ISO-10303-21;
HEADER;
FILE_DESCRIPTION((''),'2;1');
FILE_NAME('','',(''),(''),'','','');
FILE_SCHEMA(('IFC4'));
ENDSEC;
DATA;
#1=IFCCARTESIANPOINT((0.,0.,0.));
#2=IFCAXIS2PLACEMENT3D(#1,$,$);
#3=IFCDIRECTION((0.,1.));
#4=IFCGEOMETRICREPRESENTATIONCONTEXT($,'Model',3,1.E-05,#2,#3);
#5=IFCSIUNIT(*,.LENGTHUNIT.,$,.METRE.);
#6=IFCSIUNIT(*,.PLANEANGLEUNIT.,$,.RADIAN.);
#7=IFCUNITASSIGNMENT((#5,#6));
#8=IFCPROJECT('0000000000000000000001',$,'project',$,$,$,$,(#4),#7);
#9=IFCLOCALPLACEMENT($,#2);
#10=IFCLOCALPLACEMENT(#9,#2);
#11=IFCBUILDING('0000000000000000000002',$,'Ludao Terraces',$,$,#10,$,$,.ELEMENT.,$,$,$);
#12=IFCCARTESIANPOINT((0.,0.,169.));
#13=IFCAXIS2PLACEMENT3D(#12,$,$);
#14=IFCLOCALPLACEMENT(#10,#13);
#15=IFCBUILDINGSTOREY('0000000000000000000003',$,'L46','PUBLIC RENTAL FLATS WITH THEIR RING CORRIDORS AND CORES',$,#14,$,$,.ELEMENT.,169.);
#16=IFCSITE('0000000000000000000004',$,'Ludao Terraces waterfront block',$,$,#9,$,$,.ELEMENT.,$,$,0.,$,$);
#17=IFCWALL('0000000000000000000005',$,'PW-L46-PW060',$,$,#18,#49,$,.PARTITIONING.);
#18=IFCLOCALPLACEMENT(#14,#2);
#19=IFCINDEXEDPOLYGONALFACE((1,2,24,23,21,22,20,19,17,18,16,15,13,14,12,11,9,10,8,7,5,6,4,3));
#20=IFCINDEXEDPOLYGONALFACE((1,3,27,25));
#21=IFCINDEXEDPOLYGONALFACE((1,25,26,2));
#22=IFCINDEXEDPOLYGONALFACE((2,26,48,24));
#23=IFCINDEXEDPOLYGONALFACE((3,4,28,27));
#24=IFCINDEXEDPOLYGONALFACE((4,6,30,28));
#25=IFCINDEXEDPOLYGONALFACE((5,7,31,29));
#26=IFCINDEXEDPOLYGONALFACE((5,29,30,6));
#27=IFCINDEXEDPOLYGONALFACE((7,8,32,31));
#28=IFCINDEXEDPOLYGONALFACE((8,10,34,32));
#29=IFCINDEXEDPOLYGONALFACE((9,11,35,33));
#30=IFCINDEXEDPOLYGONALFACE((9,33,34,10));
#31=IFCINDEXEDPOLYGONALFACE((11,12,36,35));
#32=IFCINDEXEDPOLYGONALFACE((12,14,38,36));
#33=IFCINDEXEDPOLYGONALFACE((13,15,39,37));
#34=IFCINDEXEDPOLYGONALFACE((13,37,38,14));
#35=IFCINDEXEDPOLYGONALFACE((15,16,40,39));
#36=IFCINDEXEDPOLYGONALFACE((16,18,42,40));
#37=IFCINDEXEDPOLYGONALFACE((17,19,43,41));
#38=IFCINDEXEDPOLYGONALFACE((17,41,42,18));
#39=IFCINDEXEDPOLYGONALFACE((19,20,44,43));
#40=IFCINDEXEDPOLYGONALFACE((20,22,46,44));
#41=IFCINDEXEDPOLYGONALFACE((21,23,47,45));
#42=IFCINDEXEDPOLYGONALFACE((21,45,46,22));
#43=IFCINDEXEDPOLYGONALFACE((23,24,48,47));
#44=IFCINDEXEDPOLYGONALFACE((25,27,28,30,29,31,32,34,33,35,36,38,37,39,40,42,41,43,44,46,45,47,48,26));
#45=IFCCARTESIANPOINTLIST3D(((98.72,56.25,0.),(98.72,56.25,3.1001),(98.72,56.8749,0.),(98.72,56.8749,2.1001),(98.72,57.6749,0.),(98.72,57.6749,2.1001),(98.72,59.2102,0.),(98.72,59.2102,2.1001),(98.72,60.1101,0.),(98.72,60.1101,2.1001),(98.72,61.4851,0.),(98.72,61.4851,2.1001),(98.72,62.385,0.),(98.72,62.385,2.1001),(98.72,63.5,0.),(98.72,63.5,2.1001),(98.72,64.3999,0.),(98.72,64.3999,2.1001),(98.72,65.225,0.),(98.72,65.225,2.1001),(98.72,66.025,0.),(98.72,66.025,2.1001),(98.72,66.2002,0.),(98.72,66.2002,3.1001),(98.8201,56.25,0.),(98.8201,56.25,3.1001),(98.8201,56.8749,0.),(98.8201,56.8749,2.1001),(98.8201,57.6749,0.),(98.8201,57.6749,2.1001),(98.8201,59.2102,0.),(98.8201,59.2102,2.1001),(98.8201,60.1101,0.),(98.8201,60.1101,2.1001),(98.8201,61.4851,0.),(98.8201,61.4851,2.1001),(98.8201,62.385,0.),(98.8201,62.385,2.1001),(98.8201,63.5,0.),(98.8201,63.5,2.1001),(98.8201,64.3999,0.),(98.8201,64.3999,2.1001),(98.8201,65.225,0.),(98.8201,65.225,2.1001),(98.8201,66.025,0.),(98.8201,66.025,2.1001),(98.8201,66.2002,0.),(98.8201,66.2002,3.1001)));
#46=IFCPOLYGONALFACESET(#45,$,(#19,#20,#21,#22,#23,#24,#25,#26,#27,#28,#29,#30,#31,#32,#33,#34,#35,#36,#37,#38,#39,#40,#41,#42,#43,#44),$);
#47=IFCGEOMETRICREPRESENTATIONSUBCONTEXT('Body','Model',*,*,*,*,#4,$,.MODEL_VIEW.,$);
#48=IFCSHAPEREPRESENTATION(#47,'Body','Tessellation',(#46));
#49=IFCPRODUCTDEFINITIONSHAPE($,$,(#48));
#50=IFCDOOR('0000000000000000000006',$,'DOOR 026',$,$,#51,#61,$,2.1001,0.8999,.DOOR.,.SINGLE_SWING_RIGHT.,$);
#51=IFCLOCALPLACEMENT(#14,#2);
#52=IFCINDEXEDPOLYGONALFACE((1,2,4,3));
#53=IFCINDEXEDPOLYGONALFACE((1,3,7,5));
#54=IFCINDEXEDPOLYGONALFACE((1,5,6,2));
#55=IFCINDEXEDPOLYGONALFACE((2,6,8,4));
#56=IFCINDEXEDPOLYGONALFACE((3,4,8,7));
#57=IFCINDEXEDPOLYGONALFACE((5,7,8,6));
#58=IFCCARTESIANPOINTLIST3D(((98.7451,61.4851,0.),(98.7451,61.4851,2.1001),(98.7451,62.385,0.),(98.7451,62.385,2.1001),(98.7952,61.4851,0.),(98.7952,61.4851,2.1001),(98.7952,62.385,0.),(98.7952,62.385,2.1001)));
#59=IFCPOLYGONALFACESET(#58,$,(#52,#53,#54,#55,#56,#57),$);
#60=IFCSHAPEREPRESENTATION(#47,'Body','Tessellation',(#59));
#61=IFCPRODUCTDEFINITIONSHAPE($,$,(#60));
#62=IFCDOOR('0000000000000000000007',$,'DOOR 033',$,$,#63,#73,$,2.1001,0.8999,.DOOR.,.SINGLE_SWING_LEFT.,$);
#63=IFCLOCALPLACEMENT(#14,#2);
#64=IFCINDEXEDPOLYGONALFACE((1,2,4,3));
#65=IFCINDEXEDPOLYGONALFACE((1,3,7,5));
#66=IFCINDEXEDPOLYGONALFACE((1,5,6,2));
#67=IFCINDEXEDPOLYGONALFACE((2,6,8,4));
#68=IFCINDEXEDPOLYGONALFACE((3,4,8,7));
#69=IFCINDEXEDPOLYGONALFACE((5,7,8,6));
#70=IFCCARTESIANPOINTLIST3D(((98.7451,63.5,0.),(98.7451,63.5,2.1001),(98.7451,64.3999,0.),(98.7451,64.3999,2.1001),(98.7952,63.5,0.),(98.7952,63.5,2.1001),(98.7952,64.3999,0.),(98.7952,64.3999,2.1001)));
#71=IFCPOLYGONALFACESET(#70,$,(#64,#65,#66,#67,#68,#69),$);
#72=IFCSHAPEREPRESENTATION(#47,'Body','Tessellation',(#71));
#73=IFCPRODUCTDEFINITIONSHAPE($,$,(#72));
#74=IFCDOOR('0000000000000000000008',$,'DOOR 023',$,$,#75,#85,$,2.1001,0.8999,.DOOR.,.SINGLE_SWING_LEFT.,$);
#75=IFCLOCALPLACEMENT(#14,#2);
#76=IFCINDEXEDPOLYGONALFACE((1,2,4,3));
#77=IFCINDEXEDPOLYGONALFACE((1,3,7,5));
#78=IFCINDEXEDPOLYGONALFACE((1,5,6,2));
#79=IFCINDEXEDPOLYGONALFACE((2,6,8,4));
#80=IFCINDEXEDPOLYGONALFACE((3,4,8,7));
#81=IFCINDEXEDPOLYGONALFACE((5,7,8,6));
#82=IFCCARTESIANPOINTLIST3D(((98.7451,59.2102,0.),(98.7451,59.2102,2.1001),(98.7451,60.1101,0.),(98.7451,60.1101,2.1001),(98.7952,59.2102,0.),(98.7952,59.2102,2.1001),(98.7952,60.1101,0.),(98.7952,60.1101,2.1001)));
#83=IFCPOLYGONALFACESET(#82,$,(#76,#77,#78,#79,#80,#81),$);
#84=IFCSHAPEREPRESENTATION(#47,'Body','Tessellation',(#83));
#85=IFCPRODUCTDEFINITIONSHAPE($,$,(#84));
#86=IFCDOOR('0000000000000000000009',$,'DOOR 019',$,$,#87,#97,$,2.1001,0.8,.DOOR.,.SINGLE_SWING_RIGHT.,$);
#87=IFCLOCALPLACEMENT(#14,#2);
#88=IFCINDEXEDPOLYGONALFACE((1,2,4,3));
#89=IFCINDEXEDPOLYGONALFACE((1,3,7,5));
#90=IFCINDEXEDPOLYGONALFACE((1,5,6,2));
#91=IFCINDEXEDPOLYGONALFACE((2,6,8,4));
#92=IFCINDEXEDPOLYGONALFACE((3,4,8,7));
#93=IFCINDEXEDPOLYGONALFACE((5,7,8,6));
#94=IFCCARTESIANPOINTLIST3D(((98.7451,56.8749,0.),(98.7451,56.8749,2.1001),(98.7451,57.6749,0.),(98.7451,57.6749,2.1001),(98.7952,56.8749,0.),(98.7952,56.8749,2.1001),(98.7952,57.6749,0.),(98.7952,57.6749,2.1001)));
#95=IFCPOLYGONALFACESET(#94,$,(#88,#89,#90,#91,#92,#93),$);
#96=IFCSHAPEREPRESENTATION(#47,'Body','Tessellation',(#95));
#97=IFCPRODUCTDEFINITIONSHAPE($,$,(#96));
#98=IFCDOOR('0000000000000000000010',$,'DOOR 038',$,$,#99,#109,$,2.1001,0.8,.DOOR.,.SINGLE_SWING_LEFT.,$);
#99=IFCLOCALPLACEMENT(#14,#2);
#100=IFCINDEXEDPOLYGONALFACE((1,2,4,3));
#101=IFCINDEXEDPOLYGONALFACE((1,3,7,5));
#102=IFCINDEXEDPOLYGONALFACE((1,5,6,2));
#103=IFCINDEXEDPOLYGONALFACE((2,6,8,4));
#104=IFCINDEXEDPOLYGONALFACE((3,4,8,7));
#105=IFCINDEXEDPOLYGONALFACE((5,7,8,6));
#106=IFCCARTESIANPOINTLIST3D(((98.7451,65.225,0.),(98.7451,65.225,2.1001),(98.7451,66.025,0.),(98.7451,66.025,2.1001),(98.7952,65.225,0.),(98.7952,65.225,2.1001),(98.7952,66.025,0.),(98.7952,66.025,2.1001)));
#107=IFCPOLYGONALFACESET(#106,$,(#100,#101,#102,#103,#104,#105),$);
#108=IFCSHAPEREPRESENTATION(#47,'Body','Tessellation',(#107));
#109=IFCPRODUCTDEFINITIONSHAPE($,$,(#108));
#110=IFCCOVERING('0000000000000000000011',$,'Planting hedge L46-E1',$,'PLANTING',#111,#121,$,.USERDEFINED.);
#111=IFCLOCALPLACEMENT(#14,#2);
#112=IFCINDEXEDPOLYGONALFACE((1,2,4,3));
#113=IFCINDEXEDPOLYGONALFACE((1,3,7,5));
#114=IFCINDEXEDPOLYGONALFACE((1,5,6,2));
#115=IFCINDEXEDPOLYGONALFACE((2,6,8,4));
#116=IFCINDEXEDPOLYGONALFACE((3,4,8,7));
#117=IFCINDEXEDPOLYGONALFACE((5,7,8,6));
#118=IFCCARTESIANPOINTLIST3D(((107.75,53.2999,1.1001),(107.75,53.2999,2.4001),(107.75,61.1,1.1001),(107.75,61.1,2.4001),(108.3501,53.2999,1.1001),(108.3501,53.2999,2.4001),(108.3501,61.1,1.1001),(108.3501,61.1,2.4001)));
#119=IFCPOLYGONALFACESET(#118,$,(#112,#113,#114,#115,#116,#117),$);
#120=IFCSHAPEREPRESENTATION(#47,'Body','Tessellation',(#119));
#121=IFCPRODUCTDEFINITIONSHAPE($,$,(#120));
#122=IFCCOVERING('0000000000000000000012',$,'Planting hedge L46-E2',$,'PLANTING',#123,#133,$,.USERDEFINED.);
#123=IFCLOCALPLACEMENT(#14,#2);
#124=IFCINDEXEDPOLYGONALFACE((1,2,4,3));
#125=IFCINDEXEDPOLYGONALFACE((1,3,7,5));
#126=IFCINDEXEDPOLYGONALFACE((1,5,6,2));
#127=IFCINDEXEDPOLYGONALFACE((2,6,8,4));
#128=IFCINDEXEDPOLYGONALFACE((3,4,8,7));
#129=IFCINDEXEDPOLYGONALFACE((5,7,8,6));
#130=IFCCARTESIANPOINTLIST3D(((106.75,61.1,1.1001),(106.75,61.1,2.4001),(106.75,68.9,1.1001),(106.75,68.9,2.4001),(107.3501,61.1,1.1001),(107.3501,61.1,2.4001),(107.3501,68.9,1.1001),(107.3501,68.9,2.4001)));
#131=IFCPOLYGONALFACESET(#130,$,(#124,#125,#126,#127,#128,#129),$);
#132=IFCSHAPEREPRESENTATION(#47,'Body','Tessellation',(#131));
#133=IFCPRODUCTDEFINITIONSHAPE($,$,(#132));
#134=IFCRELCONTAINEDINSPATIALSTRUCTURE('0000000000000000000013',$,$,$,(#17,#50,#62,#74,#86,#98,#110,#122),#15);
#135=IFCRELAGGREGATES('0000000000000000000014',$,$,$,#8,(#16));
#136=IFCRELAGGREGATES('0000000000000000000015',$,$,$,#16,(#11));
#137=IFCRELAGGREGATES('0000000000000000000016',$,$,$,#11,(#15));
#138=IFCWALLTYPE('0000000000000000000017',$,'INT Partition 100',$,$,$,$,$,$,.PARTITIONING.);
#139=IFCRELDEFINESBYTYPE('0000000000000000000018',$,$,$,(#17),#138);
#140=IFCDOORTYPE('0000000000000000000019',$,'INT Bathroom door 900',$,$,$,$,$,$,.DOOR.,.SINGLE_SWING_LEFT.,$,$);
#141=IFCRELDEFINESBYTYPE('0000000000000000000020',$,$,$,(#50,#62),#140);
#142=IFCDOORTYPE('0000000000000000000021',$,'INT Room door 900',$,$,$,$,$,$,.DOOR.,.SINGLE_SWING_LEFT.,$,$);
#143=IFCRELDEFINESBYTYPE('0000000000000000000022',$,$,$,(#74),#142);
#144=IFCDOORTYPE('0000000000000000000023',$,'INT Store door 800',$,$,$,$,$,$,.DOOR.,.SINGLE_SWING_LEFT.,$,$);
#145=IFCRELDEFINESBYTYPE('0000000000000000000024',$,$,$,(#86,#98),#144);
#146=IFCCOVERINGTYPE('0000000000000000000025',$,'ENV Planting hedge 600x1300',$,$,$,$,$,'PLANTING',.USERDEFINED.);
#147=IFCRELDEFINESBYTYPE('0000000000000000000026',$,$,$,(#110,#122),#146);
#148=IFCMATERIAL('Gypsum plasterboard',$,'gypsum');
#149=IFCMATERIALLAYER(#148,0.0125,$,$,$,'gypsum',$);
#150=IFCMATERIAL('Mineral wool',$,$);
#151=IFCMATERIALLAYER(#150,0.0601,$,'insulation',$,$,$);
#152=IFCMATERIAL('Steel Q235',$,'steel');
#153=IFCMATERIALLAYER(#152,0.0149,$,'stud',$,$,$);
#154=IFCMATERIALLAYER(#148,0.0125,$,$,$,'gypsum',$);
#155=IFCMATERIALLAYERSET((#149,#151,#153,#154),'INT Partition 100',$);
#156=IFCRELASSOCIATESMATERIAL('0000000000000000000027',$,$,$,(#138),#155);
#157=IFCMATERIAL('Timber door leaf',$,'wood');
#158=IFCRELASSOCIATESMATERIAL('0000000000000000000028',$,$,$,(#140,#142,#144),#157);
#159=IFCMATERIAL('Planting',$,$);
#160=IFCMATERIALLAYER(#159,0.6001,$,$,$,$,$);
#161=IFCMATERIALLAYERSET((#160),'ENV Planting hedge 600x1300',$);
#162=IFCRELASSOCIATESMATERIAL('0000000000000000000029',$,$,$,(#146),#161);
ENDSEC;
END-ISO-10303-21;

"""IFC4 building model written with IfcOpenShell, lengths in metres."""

from ifc_helpers import new_model, si_unit, direction, frame, frame_2d, origin, origin_2d, place, context, subcontext, project, spatial, rectangle, extrude, material, layer, layer_set, type_object, element, fill, save


model = new_model("IFC4")

# Units and contexts
model_context = context("Model", 3, precision=1e-05, world=origin(), true_north=direction((0.0, 1.0)))
body_context = subcontext(model_context, "Body", "Model", "MODEL_VIEW")
ifc_project = project(units=[si_unit("LENGTHUNIT", "METRE"), si_unit("PLANEANGLEUNIT", "RADIAN")], contexts=[model_context])

# Site, building, storey
site_placement = place(None, origin())
site = spatial("IfcSite", under=ifc_project, at=site_placement, Name="Ludao Terraces waterfront block", CompositionType="ELEMENT", RefElevation=0.0)
building_placement = place(site_placement, origin())
building = spatial("IfcBuilding", under=site, at=building_placement, Name="Ludao Terraces", CompositionType="ELEMENT")
storey_placement = place(building_placement, frame((0.0, 0.0, 169.0)))
storey = spatial("IfcBuildingStorey", under=building, at=storey_placement, Name="L46", Description="PUBLIC RENTAL FLATS WITH THEIR RING CORRIDORS AND CORES", CompositionType="ELEMENT", Elevation=169.0)

# Shared definitions
ifc_material_1 = material(Name="Mineral wool")

# Shared definitions
ifc_material_2 = material(Name="Gypsum plasterboard", Category="gypsum")
ifc_layer_1 = layer(ifc_material_2, 0.0125, Category="gypsum")
ifc_layer_2 = layer(ifc_material_1, 0.0601, Name="insulation")
ifc_material_3 = material(Name="Steel Q235", Category="steel")
ifc_layer_3 = layer(ifc_material_3, 0.0149, Name="stud")
ifc_layer_4 = layer(ifc_material_2, 0.0125, Category="gypsum")
ifc_layer_set_1 = layer_set([ifc_layer_1, ifc_layer_2, ifc_layer_3, ifc_layer_4], Name="INT Partition 100")
wall_type_1 = type_object("IfcWallType", Name="INT Partition 100", PredefinedType="PARTITIONING", material=ifc_layer_set_1)

# Wall, openings, doors
wall_1_placement = place(storey_placement, frame((98.77, 56.25, 0.0), z_axis=(0.0, 0.0, 1.0), x_axis=(0.0, 1.0, 0.0)))
wall_1 = element("IfcWall", 1, at=wall_1_placement, inside=storey, type_object=wall_type_1, Name="PW-L46-PW060", PredefinedType="PARTITIONING", context=body_context, shape_type="SweptSolid", body=[
    extrude(rectangle(XDim=9.9502, YDim=0.1001, at=frame_2d((4.9751, 0.0))), origin(), (0.0, 0.0, 1.0), 3.1001),
])
opening_1_placement = place(wall_1_placement, frame((0.625, 0.0, 0.0)))
opening_1 = element("IfcOpeningElement", 2, at=opening_1_placement, cuts=wall_1, PredefinedType="OPENING", context=body_context, shape_type="SweptSolid", body=[
    extrude(rectangle(XDim=0.8, YDim=2.1001, at=frame_2d((0.3999, 1.05))), frame((0.0, 0.0601, 0.0), z_axis=(0.0, -1.0, 0.0), x_axis=(1.0, 0.0, 0.0)), (0.0, 0.0, 1.0), 0.1201),
])
opening_2_placement = place(wall_1_placement, frame((2.9602, 0.0, 0.0)))
opening_2 = element("IfcOpeningElement", 3, at=opening_2_placement, cuts=wall_1, PredefinedType="OPENING", context=body_context, shape_type="SweptSolid", body=[
    extrude(rectangle(XDim=0.8999, YDim=2.1001, at=frame_2d((0.45, 1.05))), frame((0.0, 0.0601, 0.0), z_axis=(0.0, -1.0, 0.0), x_axis=(1.0, 0.0, 0.0)), (0.0, 0.0, 1.0), 0.1201),
])
opening_3_placement = place(wall_1_placement, frame((5.2351, 0.0, 0.0)))
opening_3 = element("IfcOpeningElement", 4, at=opening_3_placement, cuts=wall_1, PredefinedType="OPENING", context=body_context, shape_type="SweptSolid", body=[
    extrude(rectangle(XDim=0.8999, YDim=2.1001, at=frame_2d((0.45, 1.05))), frame((0.0, 0.0601, 0.0), z_axis=(0.0, -1.0, 0.0), x_axis=(1.0, 0.0, 0.0)), (0.0, 0.0, 1.0), 0.1201),
])
opening_4_placement = place(wall_1_placement, frame((7.25, 0.0, 0.0)))
opening_4 = element("IfcOpeningElement", 5, at=opening_4_placement, cuts=wall_1, PredefinedType="OPENING", context=body_context, shape_type="SweptSolid", body=[
    extrude(rectangle(XDim=0.8999, YDim=2.1001, at=frame_2d((0.45, 1.05))), frame((0.0, 0.0601, 0.0), z_axis=(0.0, -1.0, 0.0), x_axis=(1.0, 0.0, 0.0)), (0.0, 0.0, 1.0), 0.1201),
])
opening_5_placement = place(wall_1_placement, frame((8.9751, 0.0, 0.0)))
opening_5 = element("IfcOpeningElement", 6, at=opening_5_placement, cuts=wall_1, PredefinedType="OPENING", context=body_context, shape_type="SweptSolid", body=[
    extrude(rectangle(XDim=0.8, YDim=2.1001, at=frame_2d((0.3999, 1.05))), frame((0.0, 0.0601, 0.0), z_axis=(0.0, -1.0, 0.0), x_axis=(1.0, 0.0, 0.0)), (0.0, 0.0, 1.0), 0.1201),
])
ifc_material_4 = material(Name="Timber door leaf", Category="wood")
door_type_1 = type_object("IfcDoorType", Name="INT Bathroom door 900", OperationType="SINGLE_SWING_LEFT", PredefinedType="DOOR", material=ifc_material_4)
door_1_placement = place(opening_3_placement, origin())
door_1 = element("IfcDoor", 7, at=door_1_placement, inside=storey, type_object=door_type_1, Name="DOOR 026", OperationType="SINGLE_SWING_RIGHT", OverallHeight=2.1001, OverallWidth=0.8999, PredefinedType="DOOR", context=body_context, shape_type="SweptSolid", body=[
    extrude(rectangle(XDim=0.8999, YDim=2.1001, at=frame_2d((0.45, 1.05))), frame((0.0, 0.0249, 0.0), z_axis=(0.0, -1.0, 0.0), x_axis=(1.0, 0.0, 0.0)), (0.0, 0.0, 1.0), 0.05),
])
fill(opening_3, door_1)
door_2_placement = place(opening_4_placement, origin())
door_2 = element("IfcDoor", 8, at=door_2_placement, inside=storey, type_object=door_type_1, Name="DOOR 033", OperationType="SINGLE_SWING_LEFT", OverallHeight=2.1001, OverallWidth=0.8999, PredefinedType="DOOR", context=body_context, shape_type="SweptSolid", body=[
    extrude(rectangle(XDim=0.8999, YDim=2.1001, at=frame_2d((0.45, 1.05))), frame((0.0, 0.0249, 0.0), z_axis=(0.0, -1.0, 0.0), x_axis=(1.0, 0.0, 0.0)), (0.0, 0.0, 1.0), 0.05),
])
fill(opening_4, door_2)
door_type_2 = type_object("IfcDoorType", Name="INT Room door 900", OperationType="SINGLE_SWING_LEFT", PredefinedType="DOOR", material=ifc_material_4)
door_3_placement = place(opening_2_placement, origin())
door_3 = element("IfcDoor", 9, at=door_3_placement, inside=storey, type_object=door_type_2, Name="DOOR 023", OperationType="SINGLE_SWING_LEFT", OverallHeight=2.1001, OverallWidth=0.8999, PredefinedType="DOOR", context=body_context, shape_type="SweptSolid", body=[
    extrude(rectangle(XDim=0.8999, YDim=2.1001, at=frame_2d((0.45, 1.05))), frame((0.0, 0.0249, 0.0), z_axis=(0.0, -1.0, 0.0), x_axis=(1.0, 0.0, 0.0)), (0.0, 0.0, 1.0), 0.05),
])
fill(opening_2, door_3)
door_type_3 = type_object("IfcDoorType", Name="INT Store door 800", OperationType="SINGLE_SWING_LEFT", PredefinedType="DOOR", material=ifc_material_4)
door_4_placement = place(opening_1_placement, origin())
door_4 = element("IfcDoor", 10, at=door_4_placement, inside=storey, type_object=door_type_3, Name="DOOR 019", OperationType="SINGLE_SWING_RIGHT", OverallHeight=2.1001, OverallWidth=0.8, PredefinedType="DOOR", context=body_context, shape_type="SweptSolid", body=[
    extrude(rectangle(XDim=0.8, YDim=2.1001, at=frame_2d((0.3999, 1.05))), frame((0.0, 0.0249, 0.0), z_axis=(0.0, -1.0, 0.0), x_axis=(1.0, 0.0, 0.0)), (0.0, 0.0, 1.0), 0.05),
])
fill(opening_1, door_4)
door_5_placement = place(opening_5_placement, origin())
door_5 = element("IfcDoor", 11, at=door_5_placement, inside=storey, type_object=door_type_3, Name="DOOR 038", OperationType="SINGLE_SWING_LEFT", OverallHeight=2.1001, OverallWidth=0.8, PredefinedType="DOOR", context=body_context, shape_type="SweptSolid", body=[
    extrude(rectangle(XDim=0.8, YDim=2.1001, at=frame_2d((0.3999, 1.05))), frame((0.0, 0.0249, 0.0), z_axis=(0.0, -1.0, 0.0), x_axis=(1.0, 0.0, 0.0)), (0.0, 0.0, 1.0), 0.05),
])
fill(opening_5, door_5)

# Coverings
ifc_material_5 = material(Name="Planting")
ifc_layer_5 = layer(ifc_material_5, 0.6001)
ifc_layer_set_2 = layer_set([ifc_layer_5], Name="ENV Planting hedge 600x1300")
covering_type = type_object("IfcCoveringType", Name="ENV Planting hedge 600x1300", ElementType="PLANTING", PredefinedType="USERDEFINED", material=ifc_layer_set_2)
for number, where, z_axis, x_axis, name in (
    (12, (108.05, 57.2, 1.1001), (0.0, 0.0, 1.0), (1.0, 0.0, 0.0), "Planting hedge L46-E1"),
    (13, (107.05, 65.0, 1.1001), (0.0, 0.0, 1.0), (1.0, 0.0, 0.0), "Planting hedge L46-E2"),
):
    element("IfcCovering", number, at=place(storey_placement, frame(where, z_axis=z_axis, x_axis=x_axis)), inside=storey, type_object=covering_type, Name=name, ObjectType="PLANTING", PredefinedType="USERDEFINED", context=body_context, shape_type="SweptSolid", body=[
        extrude(rectangle(XDim=0.6001, YDim=7.8, at=origin_2d()), origin(), (0.0, 0.0, 1.0), 1.3),
    ])

save(model, "model.ifc")
